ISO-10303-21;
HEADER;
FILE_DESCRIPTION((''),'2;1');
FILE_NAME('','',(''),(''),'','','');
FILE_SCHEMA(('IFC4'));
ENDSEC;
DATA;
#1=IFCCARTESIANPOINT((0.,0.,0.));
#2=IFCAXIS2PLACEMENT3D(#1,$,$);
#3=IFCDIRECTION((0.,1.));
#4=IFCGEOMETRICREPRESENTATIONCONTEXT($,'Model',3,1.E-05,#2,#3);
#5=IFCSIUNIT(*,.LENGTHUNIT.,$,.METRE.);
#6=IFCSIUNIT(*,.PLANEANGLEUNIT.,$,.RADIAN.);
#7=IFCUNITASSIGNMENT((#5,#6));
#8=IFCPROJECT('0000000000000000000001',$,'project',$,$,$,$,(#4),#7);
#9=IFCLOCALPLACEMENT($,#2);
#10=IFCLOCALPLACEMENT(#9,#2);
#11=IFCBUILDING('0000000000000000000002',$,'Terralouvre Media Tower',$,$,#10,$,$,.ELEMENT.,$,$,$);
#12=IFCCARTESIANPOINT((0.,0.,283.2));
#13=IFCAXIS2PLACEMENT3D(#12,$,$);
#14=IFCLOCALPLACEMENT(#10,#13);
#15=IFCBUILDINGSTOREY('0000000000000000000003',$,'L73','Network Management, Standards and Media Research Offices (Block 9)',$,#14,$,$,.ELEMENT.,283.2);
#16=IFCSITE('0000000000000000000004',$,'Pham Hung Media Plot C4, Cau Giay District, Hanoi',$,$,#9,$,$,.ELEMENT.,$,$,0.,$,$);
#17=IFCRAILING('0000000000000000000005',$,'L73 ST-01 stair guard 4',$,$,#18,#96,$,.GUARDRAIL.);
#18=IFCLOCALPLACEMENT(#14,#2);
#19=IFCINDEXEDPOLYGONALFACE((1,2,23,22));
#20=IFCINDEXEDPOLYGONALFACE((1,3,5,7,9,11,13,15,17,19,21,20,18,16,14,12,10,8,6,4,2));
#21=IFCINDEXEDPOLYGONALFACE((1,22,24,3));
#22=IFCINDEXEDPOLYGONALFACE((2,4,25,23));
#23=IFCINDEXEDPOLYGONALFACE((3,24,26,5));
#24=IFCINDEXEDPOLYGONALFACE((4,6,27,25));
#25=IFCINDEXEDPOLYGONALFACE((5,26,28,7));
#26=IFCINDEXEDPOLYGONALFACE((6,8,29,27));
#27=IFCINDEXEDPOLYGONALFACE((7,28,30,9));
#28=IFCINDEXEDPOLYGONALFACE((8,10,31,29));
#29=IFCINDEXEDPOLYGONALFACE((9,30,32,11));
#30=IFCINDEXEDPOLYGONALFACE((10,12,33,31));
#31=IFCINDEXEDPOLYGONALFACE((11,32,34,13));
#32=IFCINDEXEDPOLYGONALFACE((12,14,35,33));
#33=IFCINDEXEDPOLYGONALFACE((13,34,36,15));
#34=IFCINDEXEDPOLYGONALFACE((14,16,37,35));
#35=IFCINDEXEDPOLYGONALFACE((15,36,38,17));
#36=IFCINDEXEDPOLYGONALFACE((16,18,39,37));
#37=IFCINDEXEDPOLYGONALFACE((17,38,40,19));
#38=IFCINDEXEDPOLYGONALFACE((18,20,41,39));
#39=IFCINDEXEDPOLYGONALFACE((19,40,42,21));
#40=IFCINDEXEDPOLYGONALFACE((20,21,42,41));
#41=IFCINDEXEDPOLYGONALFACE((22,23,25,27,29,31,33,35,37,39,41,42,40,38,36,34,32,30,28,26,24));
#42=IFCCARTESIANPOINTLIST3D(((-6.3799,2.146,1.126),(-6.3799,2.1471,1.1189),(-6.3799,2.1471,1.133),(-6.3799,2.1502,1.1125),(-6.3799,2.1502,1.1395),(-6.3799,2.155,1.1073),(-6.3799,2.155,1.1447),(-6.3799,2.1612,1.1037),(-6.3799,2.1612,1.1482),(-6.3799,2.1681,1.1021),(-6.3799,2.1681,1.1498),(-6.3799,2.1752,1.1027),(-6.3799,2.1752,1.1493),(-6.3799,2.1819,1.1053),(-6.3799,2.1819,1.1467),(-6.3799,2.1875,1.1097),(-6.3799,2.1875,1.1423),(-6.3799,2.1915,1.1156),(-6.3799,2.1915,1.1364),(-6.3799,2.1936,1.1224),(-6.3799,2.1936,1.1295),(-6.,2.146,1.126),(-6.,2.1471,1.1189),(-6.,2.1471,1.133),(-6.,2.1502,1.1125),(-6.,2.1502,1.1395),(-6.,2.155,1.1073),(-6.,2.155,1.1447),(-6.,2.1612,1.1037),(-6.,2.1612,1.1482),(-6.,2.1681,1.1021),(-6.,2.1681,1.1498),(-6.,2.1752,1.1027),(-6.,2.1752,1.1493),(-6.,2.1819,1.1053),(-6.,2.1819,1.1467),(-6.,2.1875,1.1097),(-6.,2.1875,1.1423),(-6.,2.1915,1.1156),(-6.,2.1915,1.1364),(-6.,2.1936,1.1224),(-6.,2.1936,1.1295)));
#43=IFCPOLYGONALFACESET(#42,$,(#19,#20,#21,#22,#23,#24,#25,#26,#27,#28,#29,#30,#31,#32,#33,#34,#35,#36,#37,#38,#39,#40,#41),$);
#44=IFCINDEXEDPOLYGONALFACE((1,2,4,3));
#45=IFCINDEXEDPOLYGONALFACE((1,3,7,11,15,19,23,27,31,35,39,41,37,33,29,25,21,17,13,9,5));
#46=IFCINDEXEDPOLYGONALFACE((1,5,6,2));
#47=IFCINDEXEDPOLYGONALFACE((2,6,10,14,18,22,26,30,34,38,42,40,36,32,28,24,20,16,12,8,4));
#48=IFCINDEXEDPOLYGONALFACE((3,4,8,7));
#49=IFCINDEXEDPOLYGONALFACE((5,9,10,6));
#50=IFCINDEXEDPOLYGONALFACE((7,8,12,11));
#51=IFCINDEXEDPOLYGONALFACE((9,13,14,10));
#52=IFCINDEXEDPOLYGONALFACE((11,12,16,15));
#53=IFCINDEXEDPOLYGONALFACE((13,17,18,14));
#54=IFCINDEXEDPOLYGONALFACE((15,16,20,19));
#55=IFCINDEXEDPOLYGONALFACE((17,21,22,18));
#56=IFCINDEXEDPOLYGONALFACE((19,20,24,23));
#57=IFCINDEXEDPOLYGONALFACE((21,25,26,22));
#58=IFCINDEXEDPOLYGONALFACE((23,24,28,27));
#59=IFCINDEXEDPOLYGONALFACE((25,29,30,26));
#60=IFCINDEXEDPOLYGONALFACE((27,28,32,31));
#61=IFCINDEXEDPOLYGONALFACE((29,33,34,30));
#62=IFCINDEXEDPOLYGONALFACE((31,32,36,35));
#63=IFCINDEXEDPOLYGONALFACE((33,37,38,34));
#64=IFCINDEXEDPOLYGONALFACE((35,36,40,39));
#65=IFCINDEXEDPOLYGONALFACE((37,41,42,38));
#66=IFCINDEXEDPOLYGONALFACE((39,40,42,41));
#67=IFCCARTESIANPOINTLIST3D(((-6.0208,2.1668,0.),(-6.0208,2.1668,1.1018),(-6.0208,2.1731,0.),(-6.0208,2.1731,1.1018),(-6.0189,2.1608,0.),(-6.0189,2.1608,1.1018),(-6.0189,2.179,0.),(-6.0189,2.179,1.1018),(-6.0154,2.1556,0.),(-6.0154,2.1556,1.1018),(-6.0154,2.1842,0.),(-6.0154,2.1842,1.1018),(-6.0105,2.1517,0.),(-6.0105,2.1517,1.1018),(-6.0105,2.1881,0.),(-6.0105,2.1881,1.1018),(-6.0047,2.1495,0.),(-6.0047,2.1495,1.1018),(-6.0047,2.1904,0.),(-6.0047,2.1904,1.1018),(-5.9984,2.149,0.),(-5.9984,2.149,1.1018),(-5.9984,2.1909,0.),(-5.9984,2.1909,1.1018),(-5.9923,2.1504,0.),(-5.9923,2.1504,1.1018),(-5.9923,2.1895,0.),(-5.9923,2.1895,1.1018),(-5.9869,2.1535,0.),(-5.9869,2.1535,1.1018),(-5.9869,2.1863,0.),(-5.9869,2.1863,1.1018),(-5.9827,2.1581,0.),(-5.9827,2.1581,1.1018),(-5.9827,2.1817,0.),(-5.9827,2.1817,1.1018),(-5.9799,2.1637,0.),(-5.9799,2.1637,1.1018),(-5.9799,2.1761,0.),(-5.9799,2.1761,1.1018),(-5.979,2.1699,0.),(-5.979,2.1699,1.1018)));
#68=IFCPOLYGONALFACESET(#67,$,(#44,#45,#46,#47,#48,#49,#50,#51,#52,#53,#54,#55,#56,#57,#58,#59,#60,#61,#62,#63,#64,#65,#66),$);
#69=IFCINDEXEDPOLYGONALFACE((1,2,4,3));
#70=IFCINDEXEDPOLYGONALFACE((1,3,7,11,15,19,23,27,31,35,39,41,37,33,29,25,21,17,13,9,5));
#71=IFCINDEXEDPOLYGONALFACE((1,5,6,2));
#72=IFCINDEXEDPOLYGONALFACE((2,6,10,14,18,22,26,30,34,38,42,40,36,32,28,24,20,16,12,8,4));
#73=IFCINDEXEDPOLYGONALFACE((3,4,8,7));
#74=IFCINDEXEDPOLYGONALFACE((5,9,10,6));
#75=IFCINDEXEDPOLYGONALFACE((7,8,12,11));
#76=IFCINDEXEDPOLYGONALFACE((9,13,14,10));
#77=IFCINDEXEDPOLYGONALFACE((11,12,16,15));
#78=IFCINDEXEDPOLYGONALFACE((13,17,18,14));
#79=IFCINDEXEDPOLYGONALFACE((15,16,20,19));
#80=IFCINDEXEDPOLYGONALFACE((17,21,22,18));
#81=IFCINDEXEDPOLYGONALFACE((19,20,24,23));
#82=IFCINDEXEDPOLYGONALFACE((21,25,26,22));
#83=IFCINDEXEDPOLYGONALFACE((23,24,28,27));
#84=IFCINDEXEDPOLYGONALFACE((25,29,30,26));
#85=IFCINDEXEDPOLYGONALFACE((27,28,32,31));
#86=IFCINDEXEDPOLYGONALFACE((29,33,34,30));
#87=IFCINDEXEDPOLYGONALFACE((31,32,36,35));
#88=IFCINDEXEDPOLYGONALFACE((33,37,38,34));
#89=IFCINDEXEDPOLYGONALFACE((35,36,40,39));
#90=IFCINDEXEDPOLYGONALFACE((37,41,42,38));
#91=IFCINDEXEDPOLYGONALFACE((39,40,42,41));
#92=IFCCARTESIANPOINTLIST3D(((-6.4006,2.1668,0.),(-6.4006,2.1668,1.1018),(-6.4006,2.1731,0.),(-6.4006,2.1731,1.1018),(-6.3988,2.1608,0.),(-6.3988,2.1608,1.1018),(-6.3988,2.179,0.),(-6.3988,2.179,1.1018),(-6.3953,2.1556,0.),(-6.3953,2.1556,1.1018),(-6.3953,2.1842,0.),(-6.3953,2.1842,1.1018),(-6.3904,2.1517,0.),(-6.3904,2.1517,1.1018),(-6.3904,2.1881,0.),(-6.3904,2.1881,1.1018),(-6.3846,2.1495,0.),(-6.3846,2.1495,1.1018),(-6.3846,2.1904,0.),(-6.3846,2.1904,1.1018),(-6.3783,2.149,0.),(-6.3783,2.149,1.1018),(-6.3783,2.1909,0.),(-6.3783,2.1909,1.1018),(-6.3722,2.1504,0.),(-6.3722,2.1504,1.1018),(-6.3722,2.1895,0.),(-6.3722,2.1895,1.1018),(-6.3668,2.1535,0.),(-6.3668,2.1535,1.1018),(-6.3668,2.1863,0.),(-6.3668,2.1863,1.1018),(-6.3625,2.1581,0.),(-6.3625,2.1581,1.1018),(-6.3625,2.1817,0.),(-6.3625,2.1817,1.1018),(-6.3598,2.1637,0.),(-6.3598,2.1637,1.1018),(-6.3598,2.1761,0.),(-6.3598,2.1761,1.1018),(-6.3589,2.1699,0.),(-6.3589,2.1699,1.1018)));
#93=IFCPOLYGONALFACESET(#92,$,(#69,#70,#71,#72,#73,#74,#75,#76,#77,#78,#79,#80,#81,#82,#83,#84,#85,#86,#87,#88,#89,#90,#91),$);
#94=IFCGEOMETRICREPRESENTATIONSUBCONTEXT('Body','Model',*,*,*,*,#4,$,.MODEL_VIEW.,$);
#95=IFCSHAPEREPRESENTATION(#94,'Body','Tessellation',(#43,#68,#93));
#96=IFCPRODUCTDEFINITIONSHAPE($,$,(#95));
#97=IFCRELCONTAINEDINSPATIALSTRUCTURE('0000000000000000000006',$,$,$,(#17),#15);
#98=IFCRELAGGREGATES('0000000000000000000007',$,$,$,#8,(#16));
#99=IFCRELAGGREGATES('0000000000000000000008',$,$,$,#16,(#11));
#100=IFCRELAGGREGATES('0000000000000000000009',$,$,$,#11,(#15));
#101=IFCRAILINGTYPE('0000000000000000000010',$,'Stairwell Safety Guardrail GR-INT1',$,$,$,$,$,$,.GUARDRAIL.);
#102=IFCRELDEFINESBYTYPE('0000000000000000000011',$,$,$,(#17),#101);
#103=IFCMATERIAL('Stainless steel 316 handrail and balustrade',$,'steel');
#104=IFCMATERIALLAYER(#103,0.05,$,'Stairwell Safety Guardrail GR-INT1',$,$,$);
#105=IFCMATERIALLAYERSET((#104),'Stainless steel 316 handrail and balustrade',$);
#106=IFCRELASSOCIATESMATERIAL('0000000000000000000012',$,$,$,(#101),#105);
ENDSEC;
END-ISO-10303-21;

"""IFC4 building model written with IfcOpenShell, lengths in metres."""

from ifc_helpers import new_model, si_unit, direction, frame, origin, origin_2d, place, context, subcontext, project, spatial, circle, extrude, material, layer, layer_set, type_object, element, save


model = new_model("IFC4")

# Units and contexts
model_context = context("Model", 3, precision=1e-05, world=origin(), true_north=direction((0.0, 1.0)))
body_context = subcontext(model_context, "Body", "Model", "MODEL_VIEW")
ifc_project = project(units=[si_unit("LENGTHUNIT", "METRE"), si_unit("PLANEANGLEUNIT", "RADIAN")], contexts=[model_context])

# Site, building, storey
site_placement = place(None, origin())
site = spatial("IfcSite", under=ifc_project, at=site_placement, Name="Pham Hung Media Plot C4, Cau Giay District, Hanoi", CompositionType="ELEMENT", RefElevation=0.0)
building_placement = place(site_placement, origin())
building = spatial("IfcBuilding", under=site, at=building_placement, Name="Terralouvre Media Tower", CompositionType="ELEMENT")
storey_placement = place(building_placement, frame((0.0, 0.0, 283.2)))
storey = spatial("IfcBuildingStorey", under=building, at=storey_placement, Name="L73", Description="Network Management, Standards and Media Research Offices (Block 9)", CompositionType="ELEMENT", Elevation=283.2)

# Railing
ifc_material_1 = material(Name="Stainless steel 316 handrail and balustrade", Category="steel")
ifc_layer_1 = layer(ifc_material_1, 0.05, Name="Stairwell Safety Guardrail GR-INT1")
ifc_layer_set_1 = layer_set([ifc_layer_1], Name="Stainless steel 316 handrail and balustrade")
railing_type_1 = type_object("IfcRailingType", Name="Stairwell Safety Guardrail GR-INT1", PredefinedType="GUARDRAIL", material=ifc_layer_set_1)
railing_1_placement = place(storey_placement, frame((-6.0, 2.1699, 0.0)))
element("IfcRailing", 1, at=railing_1_placement, inside=storey, type_object=railing_type_1, Name="L73 ST-01 stair guard 4", PredefinedType="GUARDRAIL", context=body_context, shape_type="SweptSolid", body=[
    extrude(circle(Radius=0.0239, at=origin_2d()), frame((0.0, 0.0, 1.126), z_axis=(-1.0, 0.0, 0.0), x_axis=(0.0, -1.0, 0.0)), (0.0, 0.0, 1.0), 0.3799),
    extrude(circle(Radius=0.021, at=origin_2d()), origin(), (0.0, 0.0, 1.0), 1.1018),
    extrude(circle(Radius=0.021, at=origin_2d()), frame((-0.3799, 0.0, 0.0)), (0.0, 0.0, 1.0), 1.1018),
])

save(model, "model.ifc")
